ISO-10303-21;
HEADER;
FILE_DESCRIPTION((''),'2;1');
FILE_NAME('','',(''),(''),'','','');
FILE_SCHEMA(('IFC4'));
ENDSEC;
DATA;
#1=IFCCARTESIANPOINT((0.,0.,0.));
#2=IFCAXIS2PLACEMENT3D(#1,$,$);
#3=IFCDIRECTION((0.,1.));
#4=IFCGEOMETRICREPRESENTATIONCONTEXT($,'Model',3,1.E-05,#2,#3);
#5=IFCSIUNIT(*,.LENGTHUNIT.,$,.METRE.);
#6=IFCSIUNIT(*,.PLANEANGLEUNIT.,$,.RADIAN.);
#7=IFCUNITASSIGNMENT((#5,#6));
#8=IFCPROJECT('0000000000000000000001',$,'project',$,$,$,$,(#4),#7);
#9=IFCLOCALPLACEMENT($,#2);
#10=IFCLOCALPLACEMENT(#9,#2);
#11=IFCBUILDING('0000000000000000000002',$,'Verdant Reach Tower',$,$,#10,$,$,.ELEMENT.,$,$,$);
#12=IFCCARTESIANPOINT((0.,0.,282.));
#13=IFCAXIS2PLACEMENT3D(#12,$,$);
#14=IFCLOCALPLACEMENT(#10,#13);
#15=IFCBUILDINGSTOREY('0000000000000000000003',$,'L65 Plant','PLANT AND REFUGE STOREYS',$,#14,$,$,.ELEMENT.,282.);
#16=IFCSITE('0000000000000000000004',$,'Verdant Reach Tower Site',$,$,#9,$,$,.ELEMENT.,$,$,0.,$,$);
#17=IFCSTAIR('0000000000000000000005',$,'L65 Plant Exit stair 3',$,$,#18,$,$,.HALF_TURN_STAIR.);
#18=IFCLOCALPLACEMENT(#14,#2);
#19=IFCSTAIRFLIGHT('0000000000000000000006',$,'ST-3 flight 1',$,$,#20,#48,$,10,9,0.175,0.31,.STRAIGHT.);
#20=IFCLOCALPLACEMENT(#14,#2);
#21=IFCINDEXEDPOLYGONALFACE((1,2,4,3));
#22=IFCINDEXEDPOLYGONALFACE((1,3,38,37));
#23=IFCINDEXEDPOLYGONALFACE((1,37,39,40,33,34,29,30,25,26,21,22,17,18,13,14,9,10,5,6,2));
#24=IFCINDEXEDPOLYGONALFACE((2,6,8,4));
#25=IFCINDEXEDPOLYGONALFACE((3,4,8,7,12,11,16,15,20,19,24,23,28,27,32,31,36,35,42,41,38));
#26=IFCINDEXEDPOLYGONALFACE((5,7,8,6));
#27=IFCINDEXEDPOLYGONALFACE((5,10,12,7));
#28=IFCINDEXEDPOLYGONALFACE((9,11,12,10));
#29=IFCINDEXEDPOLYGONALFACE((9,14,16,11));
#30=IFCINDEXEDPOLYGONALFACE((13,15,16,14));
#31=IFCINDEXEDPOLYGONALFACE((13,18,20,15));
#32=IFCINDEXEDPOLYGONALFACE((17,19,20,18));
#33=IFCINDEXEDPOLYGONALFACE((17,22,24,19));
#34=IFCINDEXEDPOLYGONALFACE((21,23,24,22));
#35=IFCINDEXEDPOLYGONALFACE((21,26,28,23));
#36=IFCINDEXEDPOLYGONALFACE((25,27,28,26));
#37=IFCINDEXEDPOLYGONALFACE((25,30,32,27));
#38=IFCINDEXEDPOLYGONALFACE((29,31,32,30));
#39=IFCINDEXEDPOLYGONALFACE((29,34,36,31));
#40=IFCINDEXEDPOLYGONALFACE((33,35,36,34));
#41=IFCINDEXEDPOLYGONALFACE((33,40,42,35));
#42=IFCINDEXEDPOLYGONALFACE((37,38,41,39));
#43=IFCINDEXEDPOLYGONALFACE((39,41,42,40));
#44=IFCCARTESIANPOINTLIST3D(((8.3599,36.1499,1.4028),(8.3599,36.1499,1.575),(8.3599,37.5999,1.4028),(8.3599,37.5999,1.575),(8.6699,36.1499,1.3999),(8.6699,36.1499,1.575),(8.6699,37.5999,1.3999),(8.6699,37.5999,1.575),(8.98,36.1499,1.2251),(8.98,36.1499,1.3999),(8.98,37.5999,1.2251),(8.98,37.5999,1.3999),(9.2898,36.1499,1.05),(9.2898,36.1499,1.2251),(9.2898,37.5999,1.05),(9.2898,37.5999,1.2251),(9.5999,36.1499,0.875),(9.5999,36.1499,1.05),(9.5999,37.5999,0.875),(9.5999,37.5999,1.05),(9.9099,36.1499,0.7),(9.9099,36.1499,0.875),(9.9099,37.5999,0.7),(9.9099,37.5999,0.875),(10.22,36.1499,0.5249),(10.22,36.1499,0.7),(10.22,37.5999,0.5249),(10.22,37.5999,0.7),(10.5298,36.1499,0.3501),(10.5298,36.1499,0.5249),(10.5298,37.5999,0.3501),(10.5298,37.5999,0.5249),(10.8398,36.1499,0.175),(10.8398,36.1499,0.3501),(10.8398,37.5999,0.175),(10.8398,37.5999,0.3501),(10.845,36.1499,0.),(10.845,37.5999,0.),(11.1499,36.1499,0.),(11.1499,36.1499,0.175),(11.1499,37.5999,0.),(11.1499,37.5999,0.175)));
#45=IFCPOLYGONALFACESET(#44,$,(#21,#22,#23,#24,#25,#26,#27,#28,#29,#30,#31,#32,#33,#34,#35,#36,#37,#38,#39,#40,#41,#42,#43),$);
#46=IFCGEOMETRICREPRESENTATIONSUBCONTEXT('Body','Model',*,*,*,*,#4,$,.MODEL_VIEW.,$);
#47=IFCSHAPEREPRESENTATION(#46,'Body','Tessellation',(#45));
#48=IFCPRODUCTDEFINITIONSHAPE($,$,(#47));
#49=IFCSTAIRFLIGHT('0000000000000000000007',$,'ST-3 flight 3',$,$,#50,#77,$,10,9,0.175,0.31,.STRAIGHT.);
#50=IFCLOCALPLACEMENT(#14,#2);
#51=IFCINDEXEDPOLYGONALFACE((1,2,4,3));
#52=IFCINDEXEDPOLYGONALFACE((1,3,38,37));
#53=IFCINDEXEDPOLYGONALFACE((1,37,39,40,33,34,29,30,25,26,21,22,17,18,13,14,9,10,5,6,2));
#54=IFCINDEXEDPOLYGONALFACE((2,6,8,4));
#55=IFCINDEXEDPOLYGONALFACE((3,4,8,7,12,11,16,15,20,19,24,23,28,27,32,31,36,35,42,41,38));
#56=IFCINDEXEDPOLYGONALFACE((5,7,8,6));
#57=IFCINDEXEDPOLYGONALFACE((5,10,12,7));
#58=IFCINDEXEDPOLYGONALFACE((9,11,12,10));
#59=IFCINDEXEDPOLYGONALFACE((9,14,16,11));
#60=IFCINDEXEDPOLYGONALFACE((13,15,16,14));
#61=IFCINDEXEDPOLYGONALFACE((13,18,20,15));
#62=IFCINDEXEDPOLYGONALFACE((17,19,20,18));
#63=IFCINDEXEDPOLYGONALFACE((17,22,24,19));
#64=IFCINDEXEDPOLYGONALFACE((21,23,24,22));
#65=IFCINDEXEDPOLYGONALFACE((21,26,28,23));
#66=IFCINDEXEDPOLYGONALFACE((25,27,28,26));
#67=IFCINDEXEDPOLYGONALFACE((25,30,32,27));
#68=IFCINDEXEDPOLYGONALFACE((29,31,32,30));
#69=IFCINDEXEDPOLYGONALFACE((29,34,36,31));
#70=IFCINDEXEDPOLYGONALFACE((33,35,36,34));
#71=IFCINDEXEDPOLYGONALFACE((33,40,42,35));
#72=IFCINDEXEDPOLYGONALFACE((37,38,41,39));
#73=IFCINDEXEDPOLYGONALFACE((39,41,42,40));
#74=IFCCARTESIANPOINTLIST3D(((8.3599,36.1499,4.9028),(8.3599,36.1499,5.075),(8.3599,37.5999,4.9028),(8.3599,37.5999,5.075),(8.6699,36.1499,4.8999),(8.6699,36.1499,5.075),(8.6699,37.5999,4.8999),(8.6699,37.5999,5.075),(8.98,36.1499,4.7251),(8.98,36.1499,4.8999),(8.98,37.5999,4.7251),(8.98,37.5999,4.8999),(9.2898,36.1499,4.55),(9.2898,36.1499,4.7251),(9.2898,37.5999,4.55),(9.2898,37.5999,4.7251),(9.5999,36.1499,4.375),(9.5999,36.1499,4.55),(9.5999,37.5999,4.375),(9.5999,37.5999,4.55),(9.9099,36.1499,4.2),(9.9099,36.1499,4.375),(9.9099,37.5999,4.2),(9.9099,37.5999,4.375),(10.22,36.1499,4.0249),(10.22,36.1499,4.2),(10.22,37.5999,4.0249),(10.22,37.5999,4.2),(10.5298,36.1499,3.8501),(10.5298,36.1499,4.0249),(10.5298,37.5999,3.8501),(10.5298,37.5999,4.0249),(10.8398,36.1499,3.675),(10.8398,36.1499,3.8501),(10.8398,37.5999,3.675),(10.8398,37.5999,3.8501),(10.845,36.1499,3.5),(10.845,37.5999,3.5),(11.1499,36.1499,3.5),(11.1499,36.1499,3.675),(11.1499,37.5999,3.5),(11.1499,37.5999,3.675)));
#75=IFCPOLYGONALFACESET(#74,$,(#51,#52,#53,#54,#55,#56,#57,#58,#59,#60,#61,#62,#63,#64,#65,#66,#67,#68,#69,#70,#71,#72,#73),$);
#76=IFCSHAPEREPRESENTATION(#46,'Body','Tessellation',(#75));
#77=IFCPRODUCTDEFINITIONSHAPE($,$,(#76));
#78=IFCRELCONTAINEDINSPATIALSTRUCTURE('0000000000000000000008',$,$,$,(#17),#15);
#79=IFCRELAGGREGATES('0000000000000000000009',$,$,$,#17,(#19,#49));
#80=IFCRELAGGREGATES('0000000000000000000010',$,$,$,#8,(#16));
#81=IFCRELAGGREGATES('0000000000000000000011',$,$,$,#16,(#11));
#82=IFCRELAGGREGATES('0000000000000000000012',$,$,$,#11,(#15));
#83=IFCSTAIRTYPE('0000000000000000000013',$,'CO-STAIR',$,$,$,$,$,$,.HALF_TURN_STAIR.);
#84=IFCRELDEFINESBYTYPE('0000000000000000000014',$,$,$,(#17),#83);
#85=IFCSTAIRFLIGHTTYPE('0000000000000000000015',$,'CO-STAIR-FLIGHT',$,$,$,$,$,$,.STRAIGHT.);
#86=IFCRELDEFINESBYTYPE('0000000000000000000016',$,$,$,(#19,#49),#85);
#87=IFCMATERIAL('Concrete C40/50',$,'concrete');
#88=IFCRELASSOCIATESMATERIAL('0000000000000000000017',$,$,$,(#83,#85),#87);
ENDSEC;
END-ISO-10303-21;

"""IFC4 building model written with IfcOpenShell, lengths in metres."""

from ifc_helpers import new_model, si_unit, direction, frame, origin, place, context, subcontext, project, spatial, polyline, outline, extrude, material, type_object, element, aggregate, save


model = new_model("IFC4")

# Units and contexts
model_context = context("Model", 3, precision=1e-05, world=origin(), true_north=direction((0.0, 1.0)))
body_context = subcontext(model_context, "Body", "Model", "MODEL_VIEW")
ifc_project = project(units=[si_unit("LENGTHUNIT", "METRE"), si_unit("PLANEANGLEUNIT", "RADIAN")], contexts=[model_context])

# Site, building, storey
site_placement = place(None, origin())
site = spatial("IfcSite", under=ifc_project, at=site_placement, Name="Verdant Reach Tower Site", CompositionType="ELEMENT", RefElevation=0.0)
building_placement = place(site_placement, origin())
building = spatial("IfcBuilding", under=site, at=building_placement, Name="Verdant Reach Tower", CompositionType="ELEMENT")
storey_placement = place(building_placement, frame((0.0, 0.0, 282.0)))
storey = spatial("IfcBuildingStorey", under=building, at=storey_placement, Name="L65 Plant", Description="PLANT AND REFUGE STOREYS", CompositionType="ELEMENT", Elevation=282.0)

# Stair, stair flights
ifc_material_1 = material(Name="Concrete C40/50", Category="concrete")
stair_type = type_object("IfcStairType", Name="CO-STAIR", PredefinedType="HALF_TURN_STAIR", material=ifc_material_1)
stair_placement = place(storey_placement, origin())
stair = element("IfcStair", 1, at=stair_placement, inside=storey, type_object=stair_type, Name="L65 Plant Exit stair 3", PredefinedType="HALF_TURN_STAIR")
stair_flight_type = type_object("IfcStairFlightType", Name="CO-STAIR-FLIGHT", PredefinedType="STRAIGHT", material=ifc_material_1)
stair_flight_1_placement = place(storey_placement, frame((11.1499, 36.875, 0.0), z_axis=(0.0, 0.0, 1.0), x_axis=(-1.0, 0.0, 0.0)))
stair_flight_1 = element("IfcStairFlight", 2, at=stair_flight_1_placement, type_object=stair_flight_type, Name="ST-3 flight 1", NumberOfRisers=10, NumberOfTreads=9, PredefinedType="STRAIGHT", RiserHeight=0.175, TreadLength=0.31, context=body_context, shape_type="SweptSolid", body=[
    extrude(outline(polyline([(0.0, 0.0), (0.0, 0.175), (0.3101, 0.175), (0.3101, 0.3501), (0.6201, 0.3501), (0.6201, 0.5249), (0.9299, 0.5249), (0.9299, 0.7), (1.24, 0.7), (1.24, 0.875), (1.55, 0.875), (1.55, 1.05), (1.8601, 1.05), (1.8601, 1.2251), (2.1699, 1.2251), (2.1699, 1.3999), (2.48, 1.3999), (2.48, 1.575), (2.79, 1.575), (2.79, 1.75), (2.79, 1.4028), (0.3049, 0.0), (0.0, 0.0)])), frame((0.0, 0.7251, 0.0), z_axis=(0.0, -1.0, 0.0), x_axis=(1.0, 0.0, 0.0)), (0.0, 0.0, 1.0), 1.45),
])
stair_flight_2_placement = place(storey_placement, frame((11.1499, 36.875, 3.5), z_axis=(0.0, 0.0, 1.0), x_axis=(-1.0, 0.0, 0.0)))
stair_flight_2 = element("IfcStairFlight", 3, at=stair_flight_2_placement, type_object=stair_flight_type, Name="ST-3 flight 3", NumberOfRisers=10, NumberOfTreads=9, PredefinedType="STRAIGHT", RiserHeight=0.175, TreadLength=0.31, context=body_context, shape_type="SweptSolid", body=[
    extrude(outline(polyline([(0.0, 0.0), (0.0, 0.175), (0.3101, 0.175), (0.3101, 0.3501), (0.6201, 0.3501), (0.6201, 0.5249), (0.9299, 0.5249), (0.9299, 0.7), (1.24, 0.7), (1.24, 0.875), (1.55, 0.875), (1.55, 1.05), (1.8601, 1.05), (1.8601, 1.2251), (2.1699, 1.2251), (2.1699, 1.3999), (2.48, 1.3999), (2.48, 1.575), (2.79, 1.575), (2.79, 1.75), (2.79, 1.4028), (0.3049, 0.0), (0.0, 0.0)])), frame((0.0, 0.7251, 0.0), z_axis=(0.0, -1.0, 0.0), x_axis=(1.0, 0.0, 0.0)), (0.0, 0.0, 1.0), 1.45),
])
aggregate(stair, [stair_flight_1, stair_flight_2])

save(model, "model.ifc")
